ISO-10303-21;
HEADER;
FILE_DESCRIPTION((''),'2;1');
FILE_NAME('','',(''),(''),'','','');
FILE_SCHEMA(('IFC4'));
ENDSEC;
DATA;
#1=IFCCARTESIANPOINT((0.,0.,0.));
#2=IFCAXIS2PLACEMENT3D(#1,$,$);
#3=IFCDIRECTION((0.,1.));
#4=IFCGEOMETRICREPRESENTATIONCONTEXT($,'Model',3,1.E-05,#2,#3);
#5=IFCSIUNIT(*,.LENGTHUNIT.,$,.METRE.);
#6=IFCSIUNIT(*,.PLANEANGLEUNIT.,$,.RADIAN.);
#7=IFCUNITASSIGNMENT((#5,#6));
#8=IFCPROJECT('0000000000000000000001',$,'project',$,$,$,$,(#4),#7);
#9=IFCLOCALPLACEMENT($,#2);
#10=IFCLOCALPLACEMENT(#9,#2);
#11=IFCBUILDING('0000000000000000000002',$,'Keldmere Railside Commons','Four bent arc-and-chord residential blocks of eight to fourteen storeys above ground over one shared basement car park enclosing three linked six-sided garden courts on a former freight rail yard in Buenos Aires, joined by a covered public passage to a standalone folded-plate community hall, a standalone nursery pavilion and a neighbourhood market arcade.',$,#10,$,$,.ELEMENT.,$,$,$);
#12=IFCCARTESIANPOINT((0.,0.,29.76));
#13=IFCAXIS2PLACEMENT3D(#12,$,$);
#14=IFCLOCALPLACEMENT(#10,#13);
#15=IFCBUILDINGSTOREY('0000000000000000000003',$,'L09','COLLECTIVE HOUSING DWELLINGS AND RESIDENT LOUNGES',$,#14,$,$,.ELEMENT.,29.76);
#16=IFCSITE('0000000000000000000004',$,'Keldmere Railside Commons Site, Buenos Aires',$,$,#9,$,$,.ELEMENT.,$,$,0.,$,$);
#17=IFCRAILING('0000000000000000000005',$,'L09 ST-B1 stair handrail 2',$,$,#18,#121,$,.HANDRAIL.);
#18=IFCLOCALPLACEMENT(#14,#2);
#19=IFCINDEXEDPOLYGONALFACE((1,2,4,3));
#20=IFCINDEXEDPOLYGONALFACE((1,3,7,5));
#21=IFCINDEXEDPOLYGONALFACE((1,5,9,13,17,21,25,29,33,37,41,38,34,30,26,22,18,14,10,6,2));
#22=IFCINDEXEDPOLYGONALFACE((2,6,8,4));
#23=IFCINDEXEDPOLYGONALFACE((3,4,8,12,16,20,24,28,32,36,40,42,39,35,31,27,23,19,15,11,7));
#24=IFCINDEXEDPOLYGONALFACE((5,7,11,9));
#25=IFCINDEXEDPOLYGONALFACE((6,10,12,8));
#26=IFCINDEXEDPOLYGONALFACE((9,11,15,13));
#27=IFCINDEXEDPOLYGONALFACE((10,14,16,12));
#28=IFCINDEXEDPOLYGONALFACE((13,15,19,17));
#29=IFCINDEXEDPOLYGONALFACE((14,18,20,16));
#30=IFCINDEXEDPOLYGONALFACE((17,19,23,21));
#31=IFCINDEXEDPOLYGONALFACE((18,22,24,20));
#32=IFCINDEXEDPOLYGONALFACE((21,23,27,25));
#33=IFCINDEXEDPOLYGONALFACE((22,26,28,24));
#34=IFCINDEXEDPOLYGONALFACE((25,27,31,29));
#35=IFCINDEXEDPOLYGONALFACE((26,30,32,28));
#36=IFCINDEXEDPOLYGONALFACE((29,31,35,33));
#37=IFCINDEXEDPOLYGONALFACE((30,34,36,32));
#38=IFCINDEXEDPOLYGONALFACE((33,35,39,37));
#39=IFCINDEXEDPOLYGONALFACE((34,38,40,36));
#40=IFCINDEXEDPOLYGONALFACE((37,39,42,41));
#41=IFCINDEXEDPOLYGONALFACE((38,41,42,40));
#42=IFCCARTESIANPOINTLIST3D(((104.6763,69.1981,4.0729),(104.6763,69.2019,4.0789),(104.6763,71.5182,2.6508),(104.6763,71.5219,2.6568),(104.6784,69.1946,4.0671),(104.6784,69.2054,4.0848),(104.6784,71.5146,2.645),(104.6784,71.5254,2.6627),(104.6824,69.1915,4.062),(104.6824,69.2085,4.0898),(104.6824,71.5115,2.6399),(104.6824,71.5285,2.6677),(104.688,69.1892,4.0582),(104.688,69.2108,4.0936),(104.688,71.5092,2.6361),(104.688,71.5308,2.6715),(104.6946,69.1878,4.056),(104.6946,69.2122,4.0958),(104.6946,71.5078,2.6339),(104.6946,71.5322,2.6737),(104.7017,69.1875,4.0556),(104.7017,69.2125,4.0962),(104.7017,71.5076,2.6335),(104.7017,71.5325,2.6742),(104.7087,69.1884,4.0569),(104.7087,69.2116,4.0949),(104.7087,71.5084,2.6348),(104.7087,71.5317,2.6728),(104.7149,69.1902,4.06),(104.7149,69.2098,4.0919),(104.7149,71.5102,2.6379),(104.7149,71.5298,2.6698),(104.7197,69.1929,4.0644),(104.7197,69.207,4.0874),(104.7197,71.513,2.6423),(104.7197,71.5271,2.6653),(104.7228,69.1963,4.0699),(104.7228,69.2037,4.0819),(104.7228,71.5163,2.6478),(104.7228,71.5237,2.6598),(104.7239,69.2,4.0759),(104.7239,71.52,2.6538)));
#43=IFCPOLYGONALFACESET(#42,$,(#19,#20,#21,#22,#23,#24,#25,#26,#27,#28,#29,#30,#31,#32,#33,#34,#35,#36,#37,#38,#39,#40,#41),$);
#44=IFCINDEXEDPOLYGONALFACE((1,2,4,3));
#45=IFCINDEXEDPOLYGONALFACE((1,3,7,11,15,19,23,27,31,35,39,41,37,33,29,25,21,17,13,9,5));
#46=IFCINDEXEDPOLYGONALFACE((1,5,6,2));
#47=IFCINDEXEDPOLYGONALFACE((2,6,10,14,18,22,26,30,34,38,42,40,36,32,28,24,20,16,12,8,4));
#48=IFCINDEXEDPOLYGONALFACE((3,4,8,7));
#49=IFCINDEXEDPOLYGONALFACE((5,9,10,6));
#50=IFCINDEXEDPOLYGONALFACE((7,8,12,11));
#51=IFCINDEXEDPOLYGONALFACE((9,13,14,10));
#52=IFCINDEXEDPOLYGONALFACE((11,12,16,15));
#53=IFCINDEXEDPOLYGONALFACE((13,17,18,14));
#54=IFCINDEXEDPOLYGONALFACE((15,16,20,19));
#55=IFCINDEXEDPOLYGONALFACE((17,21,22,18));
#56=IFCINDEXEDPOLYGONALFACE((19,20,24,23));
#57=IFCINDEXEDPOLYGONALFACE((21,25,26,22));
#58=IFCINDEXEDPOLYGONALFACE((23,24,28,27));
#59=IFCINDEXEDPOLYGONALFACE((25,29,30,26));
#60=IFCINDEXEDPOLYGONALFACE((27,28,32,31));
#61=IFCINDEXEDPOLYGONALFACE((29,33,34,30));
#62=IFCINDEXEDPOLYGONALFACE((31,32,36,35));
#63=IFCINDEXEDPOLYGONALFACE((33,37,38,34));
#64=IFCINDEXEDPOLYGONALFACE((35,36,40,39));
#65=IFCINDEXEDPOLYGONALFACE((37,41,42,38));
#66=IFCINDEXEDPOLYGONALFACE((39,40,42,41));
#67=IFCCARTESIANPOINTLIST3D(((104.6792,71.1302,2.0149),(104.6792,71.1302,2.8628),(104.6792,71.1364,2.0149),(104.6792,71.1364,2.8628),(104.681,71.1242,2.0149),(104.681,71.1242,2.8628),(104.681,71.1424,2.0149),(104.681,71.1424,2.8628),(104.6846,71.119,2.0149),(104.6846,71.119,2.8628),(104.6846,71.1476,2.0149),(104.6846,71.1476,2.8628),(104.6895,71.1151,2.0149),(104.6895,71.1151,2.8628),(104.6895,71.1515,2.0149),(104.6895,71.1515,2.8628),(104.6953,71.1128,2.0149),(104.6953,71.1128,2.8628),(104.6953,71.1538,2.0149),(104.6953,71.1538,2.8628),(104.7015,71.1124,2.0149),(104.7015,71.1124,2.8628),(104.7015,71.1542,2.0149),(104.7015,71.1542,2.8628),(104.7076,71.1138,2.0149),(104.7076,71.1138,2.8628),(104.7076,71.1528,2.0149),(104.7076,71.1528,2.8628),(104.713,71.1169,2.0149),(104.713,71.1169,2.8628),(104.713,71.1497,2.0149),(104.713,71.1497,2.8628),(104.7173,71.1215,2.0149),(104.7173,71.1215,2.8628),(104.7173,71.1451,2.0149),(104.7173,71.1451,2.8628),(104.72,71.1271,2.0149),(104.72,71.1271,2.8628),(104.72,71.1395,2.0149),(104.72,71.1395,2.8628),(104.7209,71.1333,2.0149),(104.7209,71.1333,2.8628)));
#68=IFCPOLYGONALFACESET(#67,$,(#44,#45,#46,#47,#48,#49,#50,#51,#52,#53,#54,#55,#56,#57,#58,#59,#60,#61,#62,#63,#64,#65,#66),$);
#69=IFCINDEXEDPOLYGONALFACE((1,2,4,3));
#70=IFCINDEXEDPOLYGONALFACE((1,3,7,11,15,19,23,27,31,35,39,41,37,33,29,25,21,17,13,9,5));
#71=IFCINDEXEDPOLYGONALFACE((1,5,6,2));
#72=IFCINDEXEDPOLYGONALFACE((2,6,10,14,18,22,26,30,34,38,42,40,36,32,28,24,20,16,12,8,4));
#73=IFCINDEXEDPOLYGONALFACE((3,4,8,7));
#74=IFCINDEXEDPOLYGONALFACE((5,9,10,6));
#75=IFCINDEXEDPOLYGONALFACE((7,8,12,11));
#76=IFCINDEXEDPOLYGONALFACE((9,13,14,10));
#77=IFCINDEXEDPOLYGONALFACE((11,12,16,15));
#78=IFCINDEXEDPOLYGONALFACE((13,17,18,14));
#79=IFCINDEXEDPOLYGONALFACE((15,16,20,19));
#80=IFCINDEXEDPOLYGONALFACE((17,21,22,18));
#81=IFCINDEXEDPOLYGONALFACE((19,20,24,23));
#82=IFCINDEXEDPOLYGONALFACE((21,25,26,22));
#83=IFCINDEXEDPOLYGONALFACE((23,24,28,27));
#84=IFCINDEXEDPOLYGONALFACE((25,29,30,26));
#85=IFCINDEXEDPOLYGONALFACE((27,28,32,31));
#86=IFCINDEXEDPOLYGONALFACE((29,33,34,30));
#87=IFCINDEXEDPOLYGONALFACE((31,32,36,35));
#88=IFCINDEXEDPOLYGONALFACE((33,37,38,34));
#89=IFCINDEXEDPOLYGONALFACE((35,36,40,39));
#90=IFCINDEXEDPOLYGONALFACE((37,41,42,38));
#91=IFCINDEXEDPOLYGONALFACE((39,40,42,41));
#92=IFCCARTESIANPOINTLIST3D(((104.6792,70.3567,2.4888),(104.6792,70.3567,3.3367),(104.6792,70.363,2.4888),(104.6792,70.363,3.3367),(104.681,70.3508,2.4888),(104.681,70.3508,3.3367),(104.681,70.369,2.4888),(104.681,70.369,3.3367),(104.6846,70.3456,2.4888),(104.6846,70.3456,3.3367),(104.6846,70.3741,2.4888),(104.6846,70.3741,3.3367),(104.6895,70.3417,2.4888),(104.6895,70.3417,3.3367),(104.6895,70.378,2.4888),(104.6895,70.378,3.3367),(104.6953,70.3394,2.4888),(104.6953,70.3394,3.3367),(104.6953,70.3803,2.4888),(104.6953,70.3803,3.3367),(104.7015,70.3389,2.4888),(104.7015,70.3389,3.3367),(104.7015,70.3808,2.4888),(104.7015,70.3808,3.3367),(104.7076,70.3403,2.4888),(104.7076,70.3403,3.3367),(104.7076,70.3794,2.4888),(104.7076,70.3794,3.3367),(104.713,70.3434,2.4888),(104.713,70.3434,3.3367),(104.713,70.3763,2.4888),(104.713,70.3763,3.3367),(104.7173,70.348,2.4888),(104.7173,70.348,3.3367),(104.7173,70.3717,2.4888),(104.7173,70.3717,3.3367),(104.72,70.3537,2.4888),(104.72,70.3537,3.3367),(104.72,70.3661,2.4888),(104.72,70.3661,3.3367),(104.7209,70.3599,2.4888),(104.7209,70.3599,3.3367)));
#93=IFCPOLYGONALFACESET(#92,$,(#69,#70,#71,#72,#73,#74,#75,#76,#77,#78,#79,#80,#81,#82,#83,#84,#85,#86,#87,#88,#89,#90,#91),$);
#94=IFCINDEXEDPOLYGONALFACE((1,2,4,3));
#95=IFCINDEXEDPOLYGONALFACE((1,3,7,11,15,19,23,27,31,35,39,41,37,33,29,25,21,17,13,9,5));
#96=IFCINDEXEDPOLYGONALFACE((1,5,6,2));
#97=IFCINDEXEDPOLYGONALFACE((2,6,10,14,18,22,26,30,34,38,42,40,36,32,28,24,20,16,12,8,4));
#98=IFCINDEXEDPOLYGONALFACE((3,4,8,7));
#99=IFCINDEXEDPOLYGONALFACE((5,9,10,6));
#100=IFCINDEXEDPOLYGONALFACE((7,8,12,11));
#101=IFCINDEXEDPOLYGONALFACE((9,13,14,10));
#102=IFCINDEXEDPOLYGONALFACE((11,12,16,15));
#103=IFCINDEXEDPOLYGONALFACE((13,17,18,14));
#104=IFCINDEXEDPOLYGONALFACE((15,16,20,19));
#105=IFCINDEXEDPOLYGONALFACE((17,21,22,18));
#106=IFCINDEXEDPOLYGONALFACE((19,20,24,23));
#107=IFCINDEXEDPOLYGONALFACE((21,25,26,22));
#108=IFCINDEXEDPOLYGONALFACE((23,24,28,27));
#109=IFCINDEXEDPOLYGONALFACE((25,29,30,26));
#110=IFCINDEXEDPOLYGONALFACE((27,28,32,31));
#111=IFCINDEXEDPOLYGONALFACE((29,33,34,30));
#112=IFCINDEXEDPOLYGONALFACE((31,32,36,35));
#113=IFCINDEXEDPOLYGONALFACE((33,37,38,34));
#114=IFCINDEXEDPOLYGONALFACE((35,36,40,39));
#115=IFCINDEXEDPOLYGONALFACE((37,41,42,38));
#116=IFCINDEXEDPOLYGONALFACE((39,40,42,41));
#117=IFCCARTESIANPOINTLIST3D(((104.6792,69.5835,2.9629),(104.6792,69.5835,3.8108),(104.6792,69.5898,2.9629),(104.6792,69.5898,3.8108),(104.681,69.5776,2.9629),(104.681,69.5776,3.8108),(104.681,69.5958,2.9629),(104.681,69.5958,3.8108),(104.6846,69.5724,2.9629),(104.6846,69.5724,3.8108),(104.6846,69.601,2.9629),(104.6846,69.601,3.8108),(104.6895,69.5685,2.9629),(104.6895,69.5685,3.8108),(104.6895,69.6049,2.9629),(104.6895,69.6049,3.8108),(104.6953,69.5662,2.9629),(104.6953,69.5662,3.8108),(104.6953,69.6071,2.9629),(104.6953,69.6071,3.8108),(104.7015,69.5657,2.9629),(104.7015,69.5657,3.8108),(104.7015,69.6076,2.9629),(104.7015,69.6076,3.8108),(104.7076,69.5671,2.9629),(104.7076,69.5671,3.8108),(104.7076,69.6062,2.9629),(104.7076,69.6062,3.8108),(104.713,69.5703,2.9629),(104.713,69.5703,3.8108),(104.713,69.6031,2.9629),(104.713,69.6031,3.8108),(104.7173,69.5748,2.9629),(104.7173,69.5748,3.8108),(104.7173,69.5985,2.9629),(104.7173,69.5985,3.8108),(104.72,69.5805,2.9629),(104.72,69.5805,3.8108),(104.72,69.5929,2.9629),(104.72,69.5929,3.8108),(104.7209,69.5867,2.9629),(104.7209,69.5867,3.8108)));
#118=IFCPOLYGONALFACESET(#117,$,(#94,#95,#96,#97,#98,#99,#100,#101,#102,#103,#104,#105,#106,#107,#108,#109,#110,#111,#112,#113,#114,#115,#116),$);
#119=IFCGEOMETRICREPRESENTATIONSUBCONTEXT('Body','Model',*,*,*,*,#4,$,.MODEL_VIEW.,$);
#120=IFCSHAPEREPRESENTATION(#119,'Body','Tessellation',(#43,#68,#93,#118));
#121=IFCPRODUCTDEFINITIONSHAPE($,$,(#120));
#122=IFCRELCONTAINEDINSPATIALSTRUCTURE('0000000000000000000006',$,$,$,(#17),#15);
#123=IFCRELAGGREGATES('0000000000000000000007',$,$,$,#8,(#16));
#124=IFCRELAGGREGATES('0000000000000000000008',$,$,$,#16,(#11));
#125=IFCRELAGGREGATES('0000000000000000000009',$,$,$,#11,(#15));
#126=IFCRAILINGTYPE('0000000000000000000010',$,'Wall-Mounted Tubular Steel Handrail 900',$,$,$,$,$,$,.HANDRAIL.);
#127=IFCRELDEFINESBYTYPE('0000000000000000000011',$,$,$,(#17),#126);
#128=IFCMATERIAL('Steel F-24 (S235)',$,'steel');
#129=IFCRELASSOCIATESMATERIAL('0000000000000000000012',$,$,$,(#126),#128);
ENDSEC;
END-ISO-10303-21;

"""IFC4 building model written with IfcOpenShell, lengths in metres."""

from ifc_helpers import new_model, si_unit, direction, frame, origin, origin_2d, place, context, subcontext, project, spatial, circle, extrude, material, type_object, element, save


model = new_model("IFC4")

# Units and contexts
model_context = context("Model", 3, precision=1e-05, world=origin(), true_north=direction((0.0, 1.0)))
body_context = subcontext(model_context, "Body", "Model", "MODEL_VIEW")
ifc_project = project(units=[si_unit("LENGTHUNIT", "METRE"), si_unit("PLANEANGLEUNIT", "RADIAN")], contexts=[model_context])

# Site, building, storey
site_placement = place(None, origin())
site = spatial("IfcSite", under=ifc_project, at=site_placement, Name="Keldmere Railside Commons Site, Buenos Aires", CompositionType="ELEMENT", RefElevation=0.0)
building_placement = place(site_placement, origin())
building = spatial("IfcBuilding", under=site, at=building_placement, Name="Keldmere Railside Commons", Description="Four bent arc-and-chord residential blocks of eight to fourteen storeys above ground over one shared basement car park enclosing three linked six-sided garden courts on a former freight rail yard in Buenos Aires, joined by a covered public passage to a standalone folded-plate community hall, a standalone nursery pavilion and a neighbourhood market arcade.", CompositionType="ELEMENT")
storey_placement = place(building_placement, frame((0.0, 0.0, 29.76)))
storey = spatial("IfcBuildingStorey", under=building, at=storey_placement, Name="L09", Description="COLLECTIVE HOUSING DWELLINGS AND RESIDENT LOUNGES", CompositionType="ELEMENT", Elevation=29.76)

# Shared definitions
ifc_material_1 = material(Name="Steel F-24 (S235)", Category="steel")

# Railing
railing_type_1 = type_object("IfcRailingType", Name="Wall-Mounted Tubular Steel Handrail 900", PredefinedType="HANDRAIL", material=ifc_material_1)
railing_1_placement = place(storey_placement, frame((104.7, 71.52, 1.7778)))
element("IfcRailing", 1, at=railing_1_placement, inside=storey, type_object=railing_type_1, Name="L09 ST-B1 stair handrail 2", PredefinedType="HANDRAIL", context=body_context, shape_type="SweptSolid", body=[
    extrude(circle(Radius=0.0239, at=origin_2d()), frame((0.0, 0.0, 0.876), z_axis=(0.0, -0.852578, 0.5226), x_axis=(1.0, 0.0, 0.0)), (0.0, 0.0, 1.0), 2.7212),
    extrude(circle(Radius=0.021, at=origin_2d()), frame((0.0, -0.3867, 0.2371)), (0.0, 0.0, 1.0), 0.8479),
    extrude(circle(Radius=0.021, at=origin_2d()), frame((0.0, -1.1602, 0.7109)), (0.0, 0.0, 1.0), 0.8479),
    extrude(circle(Radius=0.021, at=origin_2d()), frame((0.0, -1.9333, 1.1851)), (0.0, 0.0, 1.0), 0.8479),
])

save(model, "model.ifc")
